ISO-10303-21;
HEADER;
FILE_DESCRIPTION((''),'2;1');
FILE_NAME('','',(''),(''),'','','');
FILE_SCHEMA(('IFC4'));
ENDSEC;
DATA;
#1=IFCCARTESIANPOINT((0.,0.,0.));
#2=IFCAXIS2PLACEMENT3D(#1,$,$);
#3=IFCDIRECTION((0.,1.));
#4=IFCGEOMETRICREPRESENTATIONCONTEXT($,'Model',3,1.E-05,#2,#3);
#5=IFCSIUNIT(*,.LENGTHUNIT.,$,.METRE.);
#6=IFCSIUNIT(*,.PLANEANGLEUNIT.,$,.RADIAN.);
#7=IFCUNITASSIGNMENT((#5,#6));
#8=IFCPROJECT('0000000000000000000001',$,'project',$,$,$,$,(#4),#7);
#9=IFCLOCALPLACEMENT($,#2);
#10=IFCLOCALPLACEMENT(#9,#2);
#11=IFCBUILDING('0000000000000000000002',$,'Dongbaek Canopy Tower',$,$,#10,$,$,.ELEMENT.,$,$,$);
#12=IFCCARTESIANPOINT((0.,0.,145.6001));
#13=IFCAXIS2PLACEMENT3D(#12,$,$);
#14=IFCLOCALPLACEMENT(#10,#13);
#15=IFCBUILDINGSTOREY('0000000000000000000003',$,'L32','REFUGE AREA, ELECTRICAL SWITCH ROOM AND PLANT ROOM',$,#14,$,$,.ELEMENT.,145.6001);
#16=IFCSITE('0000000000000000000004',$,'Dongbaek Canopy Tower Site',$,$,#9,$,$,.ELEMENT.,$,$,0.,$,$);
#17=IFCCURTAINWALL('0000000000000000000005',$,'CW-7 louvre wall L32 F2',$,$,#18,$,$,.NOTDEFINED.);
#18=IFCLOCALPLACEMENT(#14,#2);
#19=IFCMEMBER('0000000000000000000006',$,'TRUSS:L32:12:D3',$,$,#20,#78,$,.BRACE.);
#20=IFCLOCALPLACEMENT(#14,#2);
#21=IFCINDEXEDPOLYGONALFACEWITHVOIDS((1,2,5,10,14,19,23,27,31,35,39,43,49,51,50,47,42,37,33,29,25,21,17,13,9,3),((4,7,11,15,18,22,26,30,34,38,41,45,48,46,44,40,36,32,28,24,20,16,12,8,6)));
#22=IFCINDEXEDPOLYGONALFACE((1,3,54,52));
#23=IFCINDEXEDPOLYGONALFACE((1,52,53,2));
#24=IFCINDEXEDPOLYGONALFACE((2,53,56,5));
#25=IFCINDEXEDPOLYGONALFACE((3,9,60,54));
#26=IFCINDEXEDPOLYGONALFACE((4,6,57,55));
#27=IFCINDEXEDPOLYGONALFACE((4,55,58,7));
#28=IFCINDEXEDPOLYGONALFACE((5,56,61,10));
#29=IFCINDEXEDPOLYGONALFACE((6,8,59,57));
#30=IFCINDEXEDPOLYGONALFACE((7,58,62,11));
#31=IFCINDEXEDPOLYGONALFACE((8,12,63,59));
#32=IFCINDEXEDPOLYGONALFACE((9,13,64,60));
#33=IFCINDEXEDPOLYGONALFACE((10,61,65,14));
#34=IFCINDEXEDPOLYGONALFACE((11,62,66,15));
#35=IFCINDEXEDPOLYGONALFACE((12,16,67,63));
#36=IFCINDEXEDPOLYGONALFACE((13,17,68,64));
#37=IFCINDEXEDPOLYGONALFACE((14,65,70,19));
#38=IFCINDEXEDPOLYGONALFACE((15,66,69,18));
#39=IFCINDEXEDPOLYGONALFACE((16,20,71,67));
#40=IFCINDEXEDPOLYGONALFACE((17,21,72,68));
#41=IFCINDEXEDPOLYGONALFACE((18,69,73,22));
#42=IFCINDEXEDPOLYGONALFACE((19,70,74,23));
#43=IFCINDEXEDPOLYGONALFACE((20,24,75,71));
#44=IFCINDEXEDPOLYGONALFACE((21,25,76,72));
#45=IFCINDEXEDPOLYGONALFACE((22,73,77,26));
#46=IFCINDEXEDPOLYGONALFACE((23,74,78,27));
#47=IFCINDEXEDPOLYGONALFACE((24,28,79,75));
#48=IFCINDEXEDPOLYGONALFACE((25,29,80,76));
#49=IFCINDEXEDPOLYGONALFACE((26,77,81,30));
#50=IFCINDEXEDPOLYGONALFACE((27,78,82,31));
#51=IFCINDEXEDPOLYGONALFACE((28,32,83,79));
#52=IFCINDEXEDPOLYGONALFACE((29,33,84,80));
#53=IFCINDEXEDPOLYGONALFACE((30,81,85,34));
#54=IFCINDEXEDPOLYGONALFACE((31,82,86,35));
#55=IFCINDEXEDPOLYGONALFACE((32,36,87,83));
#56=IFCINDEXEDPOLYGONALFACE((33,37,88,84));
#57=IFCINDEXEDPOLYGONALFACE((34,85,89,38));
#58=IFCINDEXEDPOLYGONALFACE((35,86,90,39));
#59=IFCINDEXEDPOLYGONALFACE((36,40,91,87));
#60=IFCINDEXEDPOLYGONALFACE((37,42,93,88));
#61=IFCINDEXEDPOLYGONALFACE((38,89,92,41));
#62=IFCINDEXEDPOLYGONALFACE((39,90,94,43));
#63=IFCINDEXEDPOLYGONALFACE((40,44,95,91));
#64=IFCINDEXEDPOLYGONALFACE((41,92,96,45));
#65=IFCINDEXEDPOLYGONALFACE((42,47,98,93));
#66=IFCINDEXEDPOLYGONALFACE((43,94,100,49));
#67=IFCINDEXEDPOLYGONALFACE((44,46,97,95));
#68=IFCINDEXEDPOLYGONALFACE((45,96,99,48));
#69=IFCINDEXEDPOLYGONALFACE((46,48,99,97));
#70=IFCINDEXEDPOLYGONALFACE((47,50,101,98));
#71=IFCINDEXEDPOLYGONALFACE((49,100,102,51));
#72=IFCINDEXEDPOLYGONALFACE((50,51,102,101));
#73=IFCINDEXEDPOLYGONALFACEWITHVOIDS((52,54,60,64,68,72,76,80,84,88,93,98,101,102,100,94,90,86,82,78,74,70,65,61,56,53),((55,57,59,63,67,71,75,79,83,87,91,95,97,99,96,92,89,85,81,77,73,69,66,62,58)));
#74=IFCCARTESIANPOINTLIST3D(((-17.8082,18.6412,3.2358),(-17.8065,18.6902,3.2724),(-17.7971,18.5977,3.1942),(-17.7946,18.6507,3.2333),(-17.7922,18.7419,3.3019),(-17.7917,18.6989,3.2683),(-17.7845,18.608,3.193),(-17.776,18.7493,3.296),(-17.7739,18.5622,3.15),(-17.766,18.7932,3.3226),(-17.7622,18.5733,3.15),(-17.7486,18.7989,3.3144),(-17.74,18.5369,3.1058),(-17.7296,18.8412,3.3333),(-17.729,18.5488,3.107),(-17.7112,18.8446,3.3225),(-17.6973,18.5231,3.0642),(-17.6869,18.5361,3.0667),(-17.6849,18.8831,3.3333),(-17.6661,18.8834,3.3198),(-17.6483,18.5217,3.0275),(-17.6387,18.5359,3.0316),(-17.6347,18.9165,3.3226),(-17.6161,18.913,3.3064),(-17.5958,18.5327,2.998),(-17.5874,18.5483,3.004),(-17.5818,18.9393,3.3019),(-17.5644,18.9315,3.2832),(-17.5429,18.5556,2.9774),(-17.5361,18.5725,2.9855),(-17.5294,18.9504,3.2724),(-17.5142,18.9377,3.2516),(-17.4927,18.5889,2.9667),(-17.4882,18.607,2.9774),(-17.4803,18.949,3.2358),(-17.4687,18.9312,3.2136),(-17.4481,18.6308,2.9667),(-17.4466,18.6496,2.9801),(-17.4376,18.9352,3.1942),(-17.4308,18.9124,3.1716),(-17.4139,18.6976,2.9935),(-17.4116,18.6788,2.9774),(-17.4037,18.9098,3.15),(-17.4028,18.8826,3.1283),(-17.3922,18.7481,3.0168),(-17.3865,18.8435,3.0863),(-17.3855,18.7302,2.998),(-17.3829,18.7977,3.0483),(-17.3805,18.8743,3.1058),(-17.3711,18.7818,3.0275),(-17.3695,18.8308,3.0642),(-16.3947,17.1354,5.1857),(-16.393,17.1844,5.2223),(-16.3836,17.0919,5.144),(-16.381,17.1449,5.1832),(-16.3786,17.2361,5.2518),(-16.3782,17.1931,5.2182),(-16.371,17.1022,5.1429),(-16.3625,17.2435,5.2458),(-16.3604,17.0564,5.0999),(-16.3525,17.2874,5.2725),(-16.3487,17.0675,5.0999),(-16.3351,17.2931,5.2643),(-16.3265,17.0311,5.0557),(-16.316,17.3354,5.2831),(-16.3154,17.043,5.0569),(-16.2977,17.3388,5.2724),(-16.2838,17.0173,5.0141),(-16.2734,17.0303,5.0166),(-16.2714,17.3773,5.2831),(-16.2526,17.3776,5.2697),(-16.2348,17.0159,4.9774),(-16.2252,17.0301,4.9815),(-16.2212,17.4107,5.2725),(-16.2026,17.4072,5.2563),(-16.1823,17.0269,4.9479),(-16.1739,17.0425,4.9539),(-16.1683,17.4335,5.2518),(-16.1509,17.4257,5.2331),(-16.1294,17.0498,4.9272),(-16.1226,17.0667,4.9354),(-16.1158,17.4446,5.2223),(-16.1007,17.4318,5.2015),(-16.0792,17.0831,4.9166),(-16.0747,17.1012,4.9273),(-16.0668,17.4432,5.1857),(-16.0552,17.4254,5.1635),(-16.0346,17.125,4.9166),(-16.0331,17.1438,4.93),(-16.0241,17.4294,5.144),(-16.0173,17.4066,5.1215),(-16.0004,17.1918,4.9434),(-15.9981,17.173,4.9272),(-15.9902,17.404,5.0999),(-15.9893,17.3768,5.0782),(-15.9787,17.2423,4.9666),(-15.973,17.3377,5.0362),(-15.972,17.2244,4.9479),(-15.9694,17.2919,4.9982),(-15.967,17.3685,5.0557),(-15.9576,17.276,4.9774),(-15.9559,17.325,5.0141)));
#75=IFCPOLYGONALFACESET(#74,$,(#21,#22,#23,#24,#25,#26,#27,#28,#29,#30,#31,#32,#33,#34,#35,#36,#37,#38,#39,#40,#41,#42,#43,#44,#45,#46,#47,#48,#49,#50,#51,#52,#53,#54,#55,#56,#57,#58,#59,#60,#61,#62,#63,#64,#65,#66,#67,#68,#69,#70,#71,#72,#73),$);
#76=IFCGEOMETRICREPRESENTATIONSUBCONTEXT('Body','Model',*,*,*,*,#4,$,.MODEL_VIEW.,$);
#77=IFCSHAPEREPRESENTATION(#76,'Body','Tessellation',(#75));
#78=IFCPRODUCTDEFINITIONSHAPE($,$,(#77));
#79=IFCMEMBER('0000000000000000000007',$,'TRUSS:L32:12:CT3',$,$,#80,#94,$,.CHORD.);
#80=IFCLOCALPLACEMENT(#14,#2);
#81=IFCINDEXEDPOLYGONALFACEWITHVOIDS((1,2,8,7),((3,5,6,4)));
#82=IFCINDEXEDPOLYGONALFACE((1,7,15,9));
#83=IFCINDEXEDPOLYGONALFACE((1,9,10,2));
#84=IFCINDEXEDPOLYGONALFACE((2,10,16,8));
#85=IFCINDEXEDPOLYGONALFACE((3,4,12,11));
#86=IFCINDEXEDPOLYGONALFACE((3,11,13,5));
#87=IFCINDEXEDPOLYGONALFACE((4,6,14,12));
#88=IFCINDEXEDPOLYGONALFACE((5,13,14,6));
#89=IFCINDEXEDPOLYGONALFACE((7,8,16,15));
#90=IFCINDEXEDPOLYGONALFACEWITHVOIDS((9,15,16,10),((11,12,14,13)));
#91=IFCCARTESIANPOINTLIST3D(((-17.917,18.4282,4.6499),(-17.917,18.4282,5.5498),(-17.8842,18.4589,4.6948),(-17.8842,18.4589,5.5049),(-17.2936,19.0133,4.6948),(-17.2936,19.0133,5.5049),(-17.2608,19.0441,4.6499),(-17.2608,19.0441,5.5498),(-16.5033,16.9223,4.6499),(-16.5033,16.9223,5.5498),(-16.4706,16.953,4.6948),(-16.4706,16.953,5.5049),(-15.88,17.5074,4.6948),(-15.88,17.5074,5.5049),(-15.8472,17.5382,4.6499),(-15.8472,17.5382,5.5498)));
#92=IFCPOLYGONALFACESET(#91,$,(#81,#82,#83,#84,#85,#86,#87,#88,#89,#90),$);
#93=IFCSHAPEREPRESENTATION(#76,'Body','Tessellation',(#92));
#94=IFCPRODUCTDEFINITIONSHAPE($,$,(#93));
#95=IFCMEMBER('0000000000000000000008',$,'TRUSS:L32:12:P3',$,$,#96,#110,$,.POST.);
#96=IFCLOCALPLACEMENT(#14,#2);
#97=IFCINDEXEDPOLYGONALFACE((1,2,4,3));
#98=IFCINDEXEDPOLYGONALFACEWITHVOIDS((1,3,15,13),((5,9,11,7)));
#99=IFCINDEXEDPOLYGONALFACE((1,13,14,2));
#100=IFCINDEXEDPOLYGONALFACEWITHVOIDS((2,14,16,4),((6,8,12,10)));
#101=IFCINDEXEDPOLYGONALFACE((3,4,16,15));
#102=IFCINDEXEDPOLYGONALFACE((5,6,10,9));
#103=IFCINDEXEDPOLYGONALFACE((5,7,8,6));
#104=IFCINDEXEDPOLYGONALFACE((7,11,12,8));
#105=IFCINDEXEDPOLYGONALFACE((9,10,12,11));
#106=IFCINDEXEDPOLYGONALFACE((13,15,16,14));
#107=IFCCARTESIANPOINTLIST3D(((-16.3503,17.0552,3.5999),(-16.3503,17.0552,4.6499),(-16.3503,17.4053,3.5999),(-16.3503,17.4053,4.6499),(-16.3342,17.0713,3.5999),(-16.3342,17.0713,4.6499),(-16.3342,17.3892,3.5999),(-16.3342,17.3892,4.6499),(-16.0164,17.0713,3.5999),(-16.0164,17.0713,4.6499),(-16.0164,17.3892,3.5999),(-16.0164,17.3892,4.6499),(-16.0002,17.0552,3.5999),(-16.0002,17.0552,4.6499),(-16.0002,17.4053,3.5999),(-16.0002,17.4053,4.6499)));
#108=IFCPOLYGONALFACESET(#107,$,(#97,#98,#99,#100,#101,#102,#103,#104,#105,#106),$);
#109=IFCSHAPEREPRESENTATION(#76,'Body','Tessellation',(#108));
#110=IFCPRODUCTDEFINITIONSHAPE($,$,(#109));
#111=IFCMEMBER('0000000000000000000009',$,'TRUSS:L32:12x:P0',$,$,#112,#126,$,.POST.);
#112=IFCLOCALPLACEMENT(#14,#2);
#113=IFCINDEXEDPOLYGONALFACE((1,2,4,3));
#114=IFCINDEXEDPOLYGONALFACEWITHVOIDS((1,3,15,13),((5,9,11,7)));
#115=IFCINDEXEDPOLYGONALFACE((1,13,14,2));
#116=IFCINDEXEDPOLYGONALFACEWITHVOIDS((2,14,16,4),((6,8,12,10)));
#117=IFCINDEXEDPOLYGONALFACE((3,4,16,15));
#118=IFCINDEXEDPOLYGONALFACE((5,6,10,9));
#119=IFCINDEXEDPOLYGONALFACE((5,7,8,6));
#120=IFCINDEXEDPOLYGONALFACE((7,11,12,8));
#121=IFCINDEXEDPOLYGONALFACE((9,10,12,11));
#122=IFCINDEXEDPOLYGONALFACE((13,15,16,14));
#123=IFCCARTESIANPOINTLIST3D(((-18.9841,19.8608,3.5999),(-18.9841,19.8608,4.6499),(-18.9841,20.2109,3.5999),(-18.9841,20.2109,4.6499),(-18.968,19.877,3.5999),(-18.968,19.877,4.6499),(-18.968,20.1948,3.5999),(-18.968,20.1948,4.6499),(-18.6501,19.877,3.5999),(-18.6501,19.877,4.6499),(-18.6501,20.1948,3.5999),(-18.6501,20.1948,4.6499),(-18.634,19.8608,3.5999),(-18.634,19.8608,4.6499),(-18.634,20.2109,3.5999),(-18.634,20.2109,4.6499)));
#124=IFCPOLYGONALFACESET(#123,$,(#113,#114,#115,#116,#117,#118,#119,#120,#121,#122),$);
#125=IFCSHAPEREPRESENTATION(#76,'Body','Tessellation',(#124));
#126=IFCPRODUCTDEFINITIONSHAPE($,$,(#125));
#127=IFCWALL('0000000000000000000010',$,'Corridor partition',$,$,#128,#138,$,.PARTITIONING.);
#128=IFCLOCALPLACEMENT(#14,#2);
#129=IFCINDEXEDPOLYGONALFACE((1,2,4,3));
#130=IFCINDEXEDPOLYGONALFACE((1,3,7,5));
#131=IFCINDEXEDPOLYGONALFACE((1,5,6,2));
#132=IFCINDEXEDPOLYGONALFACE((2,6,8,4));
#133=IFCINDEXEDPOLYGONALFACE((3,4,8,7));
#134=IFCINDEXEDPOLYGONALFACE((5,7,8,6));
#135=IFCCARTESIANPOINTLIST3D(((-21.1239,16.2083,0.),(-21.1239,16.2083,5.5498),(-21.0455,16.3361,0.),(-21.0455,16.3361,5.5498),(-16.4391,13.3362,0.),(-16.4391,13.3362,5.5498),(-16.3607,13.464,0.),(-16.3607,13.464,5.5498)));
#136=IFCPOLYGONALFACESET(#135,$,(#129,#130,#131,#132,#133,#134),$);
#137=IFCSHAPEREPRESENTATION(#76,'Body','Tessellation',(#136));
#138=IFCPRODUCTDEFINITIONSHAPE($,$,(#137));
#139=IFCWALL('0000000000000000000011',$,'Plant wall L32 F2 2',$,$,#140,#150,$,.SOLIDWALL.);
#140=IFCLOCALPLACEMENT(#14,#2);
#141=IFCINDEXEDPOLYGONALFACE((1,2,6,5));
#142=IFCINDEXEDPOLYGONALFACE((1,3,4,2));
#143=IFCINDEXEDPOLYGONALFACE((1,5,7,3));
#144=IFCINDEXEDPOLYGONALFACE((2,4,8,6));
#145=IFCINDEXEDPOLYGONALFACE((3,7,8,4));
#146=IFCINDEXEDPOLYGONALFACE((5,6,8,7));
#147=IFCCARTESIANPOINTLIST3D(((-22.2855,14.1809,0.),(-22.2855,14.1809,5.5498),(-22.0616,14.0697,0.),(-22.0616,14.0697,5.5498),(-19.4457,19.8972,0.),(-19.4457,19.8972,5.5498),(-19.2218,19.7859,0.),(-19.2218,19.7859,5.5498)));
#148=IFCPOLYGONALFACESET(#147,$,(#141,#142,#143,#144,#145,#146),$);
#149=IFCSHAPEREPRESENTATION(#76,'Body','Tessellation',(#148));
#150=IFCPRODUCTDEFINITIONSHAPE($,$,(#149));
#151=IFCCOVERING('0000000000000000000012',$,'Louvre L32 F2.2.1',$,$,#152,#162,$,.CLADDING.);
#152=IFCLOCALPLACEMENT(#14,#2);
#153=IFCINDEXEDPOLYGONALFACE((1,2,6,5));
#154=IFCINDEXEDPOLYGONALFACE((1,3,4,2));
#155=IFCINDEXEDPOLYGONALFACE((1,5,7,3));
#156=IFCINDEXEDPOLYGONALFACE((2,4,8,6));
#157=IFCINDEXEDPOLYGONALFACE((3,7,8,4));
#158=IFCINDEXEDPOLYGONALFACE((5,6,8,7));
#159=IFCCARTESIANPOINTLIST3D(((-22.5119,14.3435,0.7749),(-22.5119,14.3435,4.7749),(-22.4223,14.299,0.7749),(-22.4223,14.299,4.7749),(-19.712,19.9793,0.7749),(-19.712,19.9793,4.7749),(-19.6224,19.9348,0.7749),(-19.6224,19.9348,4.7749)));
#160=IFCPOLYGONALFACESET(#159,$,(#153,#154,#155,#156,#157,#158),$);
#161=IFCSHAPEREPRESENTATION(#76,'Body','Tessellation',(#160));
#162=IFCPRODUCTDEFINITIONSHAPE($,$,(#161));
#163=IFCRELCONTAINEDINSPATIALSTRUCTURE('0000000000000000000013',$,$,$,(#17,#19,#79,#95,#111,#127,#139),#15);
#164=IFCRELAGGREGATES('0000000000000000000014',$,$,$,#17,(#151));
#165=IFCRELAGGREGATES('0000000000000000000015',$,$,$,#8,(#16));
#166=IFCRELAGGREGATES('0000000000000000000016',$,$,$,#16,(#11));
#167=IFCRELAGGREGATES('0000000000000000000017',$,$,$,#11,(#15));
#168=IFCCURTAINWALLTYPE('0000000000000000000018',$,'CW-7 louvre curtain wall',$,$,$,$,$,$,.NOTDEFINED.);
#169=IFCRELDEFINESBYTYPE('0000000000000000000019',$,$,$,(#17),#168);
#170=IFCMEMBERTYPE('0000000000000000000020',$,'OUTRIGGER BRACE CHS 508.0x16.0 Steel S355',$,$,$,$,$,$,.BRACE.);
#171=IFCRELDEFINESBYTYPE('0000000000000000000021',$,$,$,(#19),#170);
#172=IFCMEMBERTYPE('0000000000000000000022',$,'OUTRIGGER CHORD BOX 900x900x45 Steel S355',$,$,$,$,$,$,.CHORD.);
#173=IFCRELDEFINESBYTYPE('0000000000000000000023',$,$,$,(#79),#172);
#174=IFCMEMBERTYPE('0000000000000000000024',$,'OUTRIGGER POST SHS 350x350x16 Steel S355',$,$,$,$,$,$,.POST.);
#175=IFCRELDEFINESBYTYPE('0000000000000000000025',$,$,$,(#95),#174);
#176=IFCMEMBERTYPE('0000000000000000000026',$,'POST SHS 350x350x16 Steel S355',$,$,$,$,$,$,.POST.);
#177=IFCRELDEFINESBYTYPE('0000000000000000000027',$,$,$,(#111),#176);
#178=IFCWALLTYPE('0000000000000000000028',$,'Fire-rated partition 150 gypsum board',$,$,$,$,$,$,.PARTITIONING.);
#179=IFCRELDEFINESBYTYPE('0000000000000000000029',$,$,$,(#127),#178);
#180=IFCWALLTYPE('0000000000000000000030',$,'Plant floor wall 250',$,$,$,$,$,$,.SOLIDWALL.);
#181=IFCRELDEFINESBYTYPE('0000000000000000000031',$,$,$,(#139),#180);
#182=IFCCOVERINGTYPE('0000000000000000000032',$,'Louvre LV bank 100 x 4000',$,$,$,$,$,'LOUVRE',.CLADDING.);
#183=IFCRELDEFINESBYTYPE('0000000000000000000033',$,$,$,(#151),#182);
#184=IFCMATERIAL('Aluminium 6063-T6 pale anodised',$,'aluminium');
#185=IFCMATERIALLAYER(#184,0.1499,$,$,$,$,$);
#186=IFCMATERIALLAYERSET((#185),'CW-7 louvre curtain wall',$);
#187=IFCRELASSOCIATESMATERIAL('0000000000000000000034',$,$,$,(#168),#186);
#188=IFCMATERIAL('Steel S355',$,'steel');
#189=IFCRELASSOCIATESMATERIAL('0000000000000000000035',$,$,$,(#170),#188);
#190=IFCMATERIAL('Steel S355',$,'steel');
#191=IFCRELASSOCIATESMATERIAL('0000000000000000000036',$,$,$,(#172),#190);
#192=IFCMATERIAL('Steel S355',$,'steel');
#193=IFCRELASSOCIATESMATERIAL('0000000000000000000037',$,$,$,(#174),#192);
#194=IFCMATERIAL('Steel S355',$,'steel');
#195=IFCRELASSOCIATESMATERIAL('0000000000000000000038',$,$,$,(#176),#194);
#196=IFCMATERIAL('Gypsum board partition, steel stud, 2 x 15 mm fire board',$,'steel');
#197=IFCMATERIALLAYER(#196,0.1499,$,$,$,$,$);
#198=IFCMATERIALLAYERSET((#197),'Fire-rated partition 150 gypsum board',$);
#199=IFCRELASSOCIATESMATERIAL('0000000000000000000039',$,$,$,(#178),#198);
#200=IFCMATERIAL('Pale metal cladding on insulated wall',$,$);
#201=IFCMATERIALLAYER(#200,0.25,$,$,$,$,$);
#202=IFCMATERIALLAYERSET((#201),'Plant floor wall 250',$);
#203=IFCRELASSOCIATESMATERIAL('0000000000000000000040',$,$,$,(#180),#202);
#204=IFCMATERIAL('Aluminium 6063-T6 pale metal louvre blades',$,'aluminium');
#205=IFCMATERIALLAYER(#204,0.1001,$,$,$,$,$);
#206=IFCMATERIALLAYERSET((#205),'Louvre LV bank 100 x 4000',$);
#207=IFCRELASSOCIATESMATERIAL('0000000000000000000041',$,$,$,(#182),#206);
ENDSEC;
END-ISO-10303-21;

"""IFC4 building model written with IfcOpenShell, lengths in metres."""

from ifc_helpers import new_model, si_unit, direction, frame, frame_2d, origin, origin_2d, place, context, subcontext, project, spatial, rectangle, hollow_rectangle, hollow_circle, extrude, material, layer, layer_set, material_profile, profile_set, type_object, element, aggregate, save


model = new_model("IFC4")

# Units and contexts
model_context = context("Model", 3, precision=1e-05, world=origin(), true_north=direction((0.0, 1.0)))
body_context = subcontext(model_context, "Body", "Model", "MODEL_VIEW")
ifc_project = project(units=[si_unit("LENGTHUNIT", "METRE"), si_unit("PLANEANGLEUNIT", "RADIAN")], contexts=[model_context])

# Site, building, storey
site_placement = place(None, origin())
site = spatial("IfcSite", under=ifc_project, at=site_placement, Name="Dongbaek Canopy Tower Site", CompositionType="ELEMENT", RefElevation=0.0)
building_placement = place(site_placement, origin())
building = spatial("IfcBuilding", under=site, at=building_placement, Name="Dongbaek Canopy Tower", CompositionType="ELEMENT")
storey_placement = place(building_placement, frame((0.0, 0.0, 145.6001)))
storey = spatial("IfcBuildingStorey", under=building, at=storey_placement, Name="L32", Description="REFUGE AREA, ELECTRICAL SWITCH ROOM AND PLANT ROOM", CompositionType="ELEMENT", Elevation=145.6001)

# Curtain wall
ifc_material_1 = material(Name="Aluminium 6063-T6 pale anodised", Category="aluminium")
ifc_layer_1 = layer(ifc_material_1, 0.1499)
ifc_layer_set_1 = layer_set([ifc_layer_1], Name="CW-7 louvre curtain wall")
curtain_wall_type = type_object("IfcCurtainWallType", Name="CW-7 louvre curtain wall", PredefinedType="NOTDEFINED", material=ifc_layer_set_1)
curtain_wall_placement = place(storey_placement, origin())
curtain_wall = element("IfcCurtainWall", 1, at=curtain_wall_placement, inside=storey, type_object=curtain_wall_type, Name="CW-7 louvre wall L32 F2", PredefinedType="NOTDEFINED")

# Members
ifc_material_2 = material(Name="Steel S355", Category="steel")
ifc_material_profile_1 = material_profile(ifc_material_2, hollow_circle(Radius=0.2539, WallThickness=0.0161, at=origin_2d()), Name="OUTRIGGER BRACE CHS 508.0x16.0 Steel S355")
ifc_profile_set_1 = profile_set([ifc_material_profile_1], Name="Steel S355")
member_type_1 = type_object("IfcMemberType", Name="OUTRIGGER BRACE CHS 508.0x16.0 Steel S355", PredefinedType="BRACE", material=ifc_profile_set_1)
member_1_placement = place(storey_placement, frame((-16.1753, 17.2302, 5.0999), z_axis=(-0.49766, 0.53015, -0.686496), x_axis=(-0.729095, -0.684413, 0.0)))
element("IfcMember", 2, at=member_1_placement, inside=storey, type_object=member_type_1, Name="TRUSS:L32:12:D3", PredefinedType="BRACE", context=body_context, shape_type="SweptSolid", body=[
    extrude(hollow_circle(Radius=0.2539, WallThickness=0.0161, at=origin_2d()), origin(), (0.0, 0.0, 1.0), 2.8403),
])
ifc_material_3 = material(Name="Steel S355", Category="steel")
ifc_material_profile_2 = material_profile(ifc_material_3, hollow_rectangle(XDim=0.8999, YDim=0.8999, WallThickness=0.0449, at=origin_2d()), Name="OUTRIGGER CHORD BOX 900x900x45 Steel S355")
ifc_profile_set_2 = profile_set([ifc_material_profile_2], Name="Steel S355")
member_type_2 = type_object("IfcMemberType", Name="OUTRIGGER CHORD BOX 900x900x45 Steel S355", PredefinedType="CHORD", material=ifc_profile_set_2)
member_2_placement = place(storey_placement, frame((-16.1753, 17.2302, 5.0999), z_axis=(-0.684413, 0.729095, 0.0), x_axis=(-0.729095, -0.684413, 0.0)))
element("IfcMember", 3, at=member_2_placement, inside=storey, type_object=member_type_2, Name="TRUSS:L32:12:CT3", PredefinedType="CHORD", context=body_context, shape_type="SweptSolid", body=[
    extrude(hollow_rectangle(XDim=0.8999, YDim=0.8999, WallThickness=0.0449, at=origin_2d()), origin(), (0.0, 0.0, 1.0), 2.0654),
])
ifc_material_4 = material(Name="Steel S355", Category="steel")
ifc_material_profile_3 = material_profile(ifc_material_4, hollow_rectangle(XDim=0.3501, YDim=0.3501, WallThickness=0.0161, at=origin_2d()), Name="OUTRIGGER POST SHS 350x350x16 Steel S355")
ifc_profile_set_3 = profile_set([ifc_material_profile_3], Name="Steel S355")
member_type_3 = type_object("IfcMemberType", Name="OUTRIGGER POST SHS 350x350x16 Steel S355", PredefinedType="POST", material=ifc_profile_set_3)
member_3_placement = place(storey_placement, frame((-16.1753, 17.2302, 3.5999), z_axis=(0.0, 0.0, 1.0), x_axis=(1.0, 0.0, 0.0)))
element("IfcMember", 4, at=member_3_placement, inside=storey, type_object=member_type_3, Name="TRUSS:L32:12:P3", PredefinedType="POST", context=body_context, shape_type="SweptSolid", body=[
    extrude(hollow_rectangle(XDim=0.3501, YDim=0.3501, WallThickness=0.0161, at=origin_2d()), origin(), (0.0, 0.0, 1.0), 1.05),
])
ifc_material_5 = material(Name="Steel S355", Category="steel")
ifc_material_profile_4 = material_profile(ifc_material_5, hollow_rectangle(XDim=0.3501, YDim=0.3501, WallThickness=0.0161, at=origin_2d()), Name="POST SHS 350x350x16 Steel S355")
ifc_profile_set_4 = profile_set([ifc_material_profile_4], Name="Steel S355")
member_type_4 = type_object("IfcMemberType", Name="POST SHS 350x350x16 Steel S355", PredefinedType="POST", material=ifc_profile_set_4)
member_4_placement = place(storey_placement, frame((-18.8091, 20.0359, 3.5999), z_axis=(0.0, 0.0, 1.0), x_axis=(1.0, 0.0, 0.0)))
element("IfcMember", 5, at=member_4_placement, inside=storey, type_object=member_type_4, Name="TRUSS:L32:12x:P0", PredefinedType="POST", context=body_context, shape_type="SweptSolid", body=[
    extrude(hollow_rectangle(XDim=0.3501, YDim=0.3501, WallThickness=0.0161, at=origin_2d()), origin(), (0.0, 0.0, 1.0), 1.05),
])

# Walls
ifc_material_6 = material(Name="Gypsum board partition, steel stud, 2 x 15 mm fire board", Category="steel")
ifc_layer_2 = layer(ifc_material_6, 0.1499)
ifc_layer_set_2 = layer_set([ifc_layer_2], Name="Fire-rated partition 150 gypsum board")
wall_type_1 = type_object("IfcWallType", Name="Fire-rated partition 150 gypsum board", PredefinedType="PARTITIONING", material=ifc_layer_set_2)
wall_1_placement = place(storey_placement, frame((-21.0847, 16.2722, 0.0), z_axis=(0.0, 0.0, 1.0), x_axis=(0.852542, -0.522659, 0.0)))
element("IfcWall", 6, at=wall_1_placement, inside=storey, type_object=wall_type_1, Name="Corridor partition", PredefinedType="PARTITIONING", context=body_context, shape_type="SweptSolid", body=[
    extrude(rectangle(XDim=5.4951, YDim=0.1499, at=frame_2d((2.7476, 0.0))), origin(), (0.0, 0.0, 1.0), 5.5498),
])
ifc_material_7 = material(Name="Pale metal cladding on insulated wall")
ifc_layer_3 = layer(ifc_material_7, 0.25)
ifc_layer_set_3 = layer_set([ifc_layer_3], Name="Plant floor wall 250")
wall_type_2 = type_object("IfcWallType", Name="Plant floor wall 250", PredefinedType="SOLIDWALL", material=ifc_layer_set_3)
wall_2_placement = place(storey_placement, frame((-19.3337, 19.8416, 0.0), z_axis=(0.0, 0.0, 1.0), x_axis=(-0.444917, -0.895572, 0.0)))
element("IfcWall", 7, at=wall_2_placement, inside=storey, type_object=wall_type_2, Name="Plant wall L32 F2 2", PredefinedType="SOLIDWALL", context=body_context, shape_type="SweptSolid", body=[
    extrude(rectangle(XDim=6.3828, YDim=0.25, at=frame_2d((3.1914, 0.0))), origin(), (0.0, 0.0, 1.0), 5.5498),
])

# Covering
ifc_material_8 = material(Name="Aluminium 6063-T6 pale metal louvre blades", Category="aluminium")
ifc_layer_4 = layer(ifc_material_8, 0.1001)
ifc_layer_set_4 = layer_set([ifc_layer_4], Name="Louvre LV bank 100 x 4000")
covering_type = type_object("IfcCoveringType", Name="Louvre LV bank 100 x 4000", ElementType="LOUVRE", PredefinedType="CLADDING", material=ifc_layer_set_4)
covering_placement = place(storey_placement, frame((-21.0671, 17.1392, 0.7749), z_axis=(0.0, 0.0, 1.0), x_axis=(-0.444929, -0.895566, 0.0)))
covering = element("IfcCovering", 8, at=covering_placement, type_object=covering_type, Name="Louvre L32 F2.2.1", PredefinedType="CLADDING", context=body_context, shape_type="SweptSolid", body=[
    extrude(rectangle(XDim=6.293, YDim=0.1001, at=origin_2d()), origin(), (0.0, 0.0, 1.0), 4.0),
])

aggregate(curtain_wall, [covering])

save(model, "model.ifc")
